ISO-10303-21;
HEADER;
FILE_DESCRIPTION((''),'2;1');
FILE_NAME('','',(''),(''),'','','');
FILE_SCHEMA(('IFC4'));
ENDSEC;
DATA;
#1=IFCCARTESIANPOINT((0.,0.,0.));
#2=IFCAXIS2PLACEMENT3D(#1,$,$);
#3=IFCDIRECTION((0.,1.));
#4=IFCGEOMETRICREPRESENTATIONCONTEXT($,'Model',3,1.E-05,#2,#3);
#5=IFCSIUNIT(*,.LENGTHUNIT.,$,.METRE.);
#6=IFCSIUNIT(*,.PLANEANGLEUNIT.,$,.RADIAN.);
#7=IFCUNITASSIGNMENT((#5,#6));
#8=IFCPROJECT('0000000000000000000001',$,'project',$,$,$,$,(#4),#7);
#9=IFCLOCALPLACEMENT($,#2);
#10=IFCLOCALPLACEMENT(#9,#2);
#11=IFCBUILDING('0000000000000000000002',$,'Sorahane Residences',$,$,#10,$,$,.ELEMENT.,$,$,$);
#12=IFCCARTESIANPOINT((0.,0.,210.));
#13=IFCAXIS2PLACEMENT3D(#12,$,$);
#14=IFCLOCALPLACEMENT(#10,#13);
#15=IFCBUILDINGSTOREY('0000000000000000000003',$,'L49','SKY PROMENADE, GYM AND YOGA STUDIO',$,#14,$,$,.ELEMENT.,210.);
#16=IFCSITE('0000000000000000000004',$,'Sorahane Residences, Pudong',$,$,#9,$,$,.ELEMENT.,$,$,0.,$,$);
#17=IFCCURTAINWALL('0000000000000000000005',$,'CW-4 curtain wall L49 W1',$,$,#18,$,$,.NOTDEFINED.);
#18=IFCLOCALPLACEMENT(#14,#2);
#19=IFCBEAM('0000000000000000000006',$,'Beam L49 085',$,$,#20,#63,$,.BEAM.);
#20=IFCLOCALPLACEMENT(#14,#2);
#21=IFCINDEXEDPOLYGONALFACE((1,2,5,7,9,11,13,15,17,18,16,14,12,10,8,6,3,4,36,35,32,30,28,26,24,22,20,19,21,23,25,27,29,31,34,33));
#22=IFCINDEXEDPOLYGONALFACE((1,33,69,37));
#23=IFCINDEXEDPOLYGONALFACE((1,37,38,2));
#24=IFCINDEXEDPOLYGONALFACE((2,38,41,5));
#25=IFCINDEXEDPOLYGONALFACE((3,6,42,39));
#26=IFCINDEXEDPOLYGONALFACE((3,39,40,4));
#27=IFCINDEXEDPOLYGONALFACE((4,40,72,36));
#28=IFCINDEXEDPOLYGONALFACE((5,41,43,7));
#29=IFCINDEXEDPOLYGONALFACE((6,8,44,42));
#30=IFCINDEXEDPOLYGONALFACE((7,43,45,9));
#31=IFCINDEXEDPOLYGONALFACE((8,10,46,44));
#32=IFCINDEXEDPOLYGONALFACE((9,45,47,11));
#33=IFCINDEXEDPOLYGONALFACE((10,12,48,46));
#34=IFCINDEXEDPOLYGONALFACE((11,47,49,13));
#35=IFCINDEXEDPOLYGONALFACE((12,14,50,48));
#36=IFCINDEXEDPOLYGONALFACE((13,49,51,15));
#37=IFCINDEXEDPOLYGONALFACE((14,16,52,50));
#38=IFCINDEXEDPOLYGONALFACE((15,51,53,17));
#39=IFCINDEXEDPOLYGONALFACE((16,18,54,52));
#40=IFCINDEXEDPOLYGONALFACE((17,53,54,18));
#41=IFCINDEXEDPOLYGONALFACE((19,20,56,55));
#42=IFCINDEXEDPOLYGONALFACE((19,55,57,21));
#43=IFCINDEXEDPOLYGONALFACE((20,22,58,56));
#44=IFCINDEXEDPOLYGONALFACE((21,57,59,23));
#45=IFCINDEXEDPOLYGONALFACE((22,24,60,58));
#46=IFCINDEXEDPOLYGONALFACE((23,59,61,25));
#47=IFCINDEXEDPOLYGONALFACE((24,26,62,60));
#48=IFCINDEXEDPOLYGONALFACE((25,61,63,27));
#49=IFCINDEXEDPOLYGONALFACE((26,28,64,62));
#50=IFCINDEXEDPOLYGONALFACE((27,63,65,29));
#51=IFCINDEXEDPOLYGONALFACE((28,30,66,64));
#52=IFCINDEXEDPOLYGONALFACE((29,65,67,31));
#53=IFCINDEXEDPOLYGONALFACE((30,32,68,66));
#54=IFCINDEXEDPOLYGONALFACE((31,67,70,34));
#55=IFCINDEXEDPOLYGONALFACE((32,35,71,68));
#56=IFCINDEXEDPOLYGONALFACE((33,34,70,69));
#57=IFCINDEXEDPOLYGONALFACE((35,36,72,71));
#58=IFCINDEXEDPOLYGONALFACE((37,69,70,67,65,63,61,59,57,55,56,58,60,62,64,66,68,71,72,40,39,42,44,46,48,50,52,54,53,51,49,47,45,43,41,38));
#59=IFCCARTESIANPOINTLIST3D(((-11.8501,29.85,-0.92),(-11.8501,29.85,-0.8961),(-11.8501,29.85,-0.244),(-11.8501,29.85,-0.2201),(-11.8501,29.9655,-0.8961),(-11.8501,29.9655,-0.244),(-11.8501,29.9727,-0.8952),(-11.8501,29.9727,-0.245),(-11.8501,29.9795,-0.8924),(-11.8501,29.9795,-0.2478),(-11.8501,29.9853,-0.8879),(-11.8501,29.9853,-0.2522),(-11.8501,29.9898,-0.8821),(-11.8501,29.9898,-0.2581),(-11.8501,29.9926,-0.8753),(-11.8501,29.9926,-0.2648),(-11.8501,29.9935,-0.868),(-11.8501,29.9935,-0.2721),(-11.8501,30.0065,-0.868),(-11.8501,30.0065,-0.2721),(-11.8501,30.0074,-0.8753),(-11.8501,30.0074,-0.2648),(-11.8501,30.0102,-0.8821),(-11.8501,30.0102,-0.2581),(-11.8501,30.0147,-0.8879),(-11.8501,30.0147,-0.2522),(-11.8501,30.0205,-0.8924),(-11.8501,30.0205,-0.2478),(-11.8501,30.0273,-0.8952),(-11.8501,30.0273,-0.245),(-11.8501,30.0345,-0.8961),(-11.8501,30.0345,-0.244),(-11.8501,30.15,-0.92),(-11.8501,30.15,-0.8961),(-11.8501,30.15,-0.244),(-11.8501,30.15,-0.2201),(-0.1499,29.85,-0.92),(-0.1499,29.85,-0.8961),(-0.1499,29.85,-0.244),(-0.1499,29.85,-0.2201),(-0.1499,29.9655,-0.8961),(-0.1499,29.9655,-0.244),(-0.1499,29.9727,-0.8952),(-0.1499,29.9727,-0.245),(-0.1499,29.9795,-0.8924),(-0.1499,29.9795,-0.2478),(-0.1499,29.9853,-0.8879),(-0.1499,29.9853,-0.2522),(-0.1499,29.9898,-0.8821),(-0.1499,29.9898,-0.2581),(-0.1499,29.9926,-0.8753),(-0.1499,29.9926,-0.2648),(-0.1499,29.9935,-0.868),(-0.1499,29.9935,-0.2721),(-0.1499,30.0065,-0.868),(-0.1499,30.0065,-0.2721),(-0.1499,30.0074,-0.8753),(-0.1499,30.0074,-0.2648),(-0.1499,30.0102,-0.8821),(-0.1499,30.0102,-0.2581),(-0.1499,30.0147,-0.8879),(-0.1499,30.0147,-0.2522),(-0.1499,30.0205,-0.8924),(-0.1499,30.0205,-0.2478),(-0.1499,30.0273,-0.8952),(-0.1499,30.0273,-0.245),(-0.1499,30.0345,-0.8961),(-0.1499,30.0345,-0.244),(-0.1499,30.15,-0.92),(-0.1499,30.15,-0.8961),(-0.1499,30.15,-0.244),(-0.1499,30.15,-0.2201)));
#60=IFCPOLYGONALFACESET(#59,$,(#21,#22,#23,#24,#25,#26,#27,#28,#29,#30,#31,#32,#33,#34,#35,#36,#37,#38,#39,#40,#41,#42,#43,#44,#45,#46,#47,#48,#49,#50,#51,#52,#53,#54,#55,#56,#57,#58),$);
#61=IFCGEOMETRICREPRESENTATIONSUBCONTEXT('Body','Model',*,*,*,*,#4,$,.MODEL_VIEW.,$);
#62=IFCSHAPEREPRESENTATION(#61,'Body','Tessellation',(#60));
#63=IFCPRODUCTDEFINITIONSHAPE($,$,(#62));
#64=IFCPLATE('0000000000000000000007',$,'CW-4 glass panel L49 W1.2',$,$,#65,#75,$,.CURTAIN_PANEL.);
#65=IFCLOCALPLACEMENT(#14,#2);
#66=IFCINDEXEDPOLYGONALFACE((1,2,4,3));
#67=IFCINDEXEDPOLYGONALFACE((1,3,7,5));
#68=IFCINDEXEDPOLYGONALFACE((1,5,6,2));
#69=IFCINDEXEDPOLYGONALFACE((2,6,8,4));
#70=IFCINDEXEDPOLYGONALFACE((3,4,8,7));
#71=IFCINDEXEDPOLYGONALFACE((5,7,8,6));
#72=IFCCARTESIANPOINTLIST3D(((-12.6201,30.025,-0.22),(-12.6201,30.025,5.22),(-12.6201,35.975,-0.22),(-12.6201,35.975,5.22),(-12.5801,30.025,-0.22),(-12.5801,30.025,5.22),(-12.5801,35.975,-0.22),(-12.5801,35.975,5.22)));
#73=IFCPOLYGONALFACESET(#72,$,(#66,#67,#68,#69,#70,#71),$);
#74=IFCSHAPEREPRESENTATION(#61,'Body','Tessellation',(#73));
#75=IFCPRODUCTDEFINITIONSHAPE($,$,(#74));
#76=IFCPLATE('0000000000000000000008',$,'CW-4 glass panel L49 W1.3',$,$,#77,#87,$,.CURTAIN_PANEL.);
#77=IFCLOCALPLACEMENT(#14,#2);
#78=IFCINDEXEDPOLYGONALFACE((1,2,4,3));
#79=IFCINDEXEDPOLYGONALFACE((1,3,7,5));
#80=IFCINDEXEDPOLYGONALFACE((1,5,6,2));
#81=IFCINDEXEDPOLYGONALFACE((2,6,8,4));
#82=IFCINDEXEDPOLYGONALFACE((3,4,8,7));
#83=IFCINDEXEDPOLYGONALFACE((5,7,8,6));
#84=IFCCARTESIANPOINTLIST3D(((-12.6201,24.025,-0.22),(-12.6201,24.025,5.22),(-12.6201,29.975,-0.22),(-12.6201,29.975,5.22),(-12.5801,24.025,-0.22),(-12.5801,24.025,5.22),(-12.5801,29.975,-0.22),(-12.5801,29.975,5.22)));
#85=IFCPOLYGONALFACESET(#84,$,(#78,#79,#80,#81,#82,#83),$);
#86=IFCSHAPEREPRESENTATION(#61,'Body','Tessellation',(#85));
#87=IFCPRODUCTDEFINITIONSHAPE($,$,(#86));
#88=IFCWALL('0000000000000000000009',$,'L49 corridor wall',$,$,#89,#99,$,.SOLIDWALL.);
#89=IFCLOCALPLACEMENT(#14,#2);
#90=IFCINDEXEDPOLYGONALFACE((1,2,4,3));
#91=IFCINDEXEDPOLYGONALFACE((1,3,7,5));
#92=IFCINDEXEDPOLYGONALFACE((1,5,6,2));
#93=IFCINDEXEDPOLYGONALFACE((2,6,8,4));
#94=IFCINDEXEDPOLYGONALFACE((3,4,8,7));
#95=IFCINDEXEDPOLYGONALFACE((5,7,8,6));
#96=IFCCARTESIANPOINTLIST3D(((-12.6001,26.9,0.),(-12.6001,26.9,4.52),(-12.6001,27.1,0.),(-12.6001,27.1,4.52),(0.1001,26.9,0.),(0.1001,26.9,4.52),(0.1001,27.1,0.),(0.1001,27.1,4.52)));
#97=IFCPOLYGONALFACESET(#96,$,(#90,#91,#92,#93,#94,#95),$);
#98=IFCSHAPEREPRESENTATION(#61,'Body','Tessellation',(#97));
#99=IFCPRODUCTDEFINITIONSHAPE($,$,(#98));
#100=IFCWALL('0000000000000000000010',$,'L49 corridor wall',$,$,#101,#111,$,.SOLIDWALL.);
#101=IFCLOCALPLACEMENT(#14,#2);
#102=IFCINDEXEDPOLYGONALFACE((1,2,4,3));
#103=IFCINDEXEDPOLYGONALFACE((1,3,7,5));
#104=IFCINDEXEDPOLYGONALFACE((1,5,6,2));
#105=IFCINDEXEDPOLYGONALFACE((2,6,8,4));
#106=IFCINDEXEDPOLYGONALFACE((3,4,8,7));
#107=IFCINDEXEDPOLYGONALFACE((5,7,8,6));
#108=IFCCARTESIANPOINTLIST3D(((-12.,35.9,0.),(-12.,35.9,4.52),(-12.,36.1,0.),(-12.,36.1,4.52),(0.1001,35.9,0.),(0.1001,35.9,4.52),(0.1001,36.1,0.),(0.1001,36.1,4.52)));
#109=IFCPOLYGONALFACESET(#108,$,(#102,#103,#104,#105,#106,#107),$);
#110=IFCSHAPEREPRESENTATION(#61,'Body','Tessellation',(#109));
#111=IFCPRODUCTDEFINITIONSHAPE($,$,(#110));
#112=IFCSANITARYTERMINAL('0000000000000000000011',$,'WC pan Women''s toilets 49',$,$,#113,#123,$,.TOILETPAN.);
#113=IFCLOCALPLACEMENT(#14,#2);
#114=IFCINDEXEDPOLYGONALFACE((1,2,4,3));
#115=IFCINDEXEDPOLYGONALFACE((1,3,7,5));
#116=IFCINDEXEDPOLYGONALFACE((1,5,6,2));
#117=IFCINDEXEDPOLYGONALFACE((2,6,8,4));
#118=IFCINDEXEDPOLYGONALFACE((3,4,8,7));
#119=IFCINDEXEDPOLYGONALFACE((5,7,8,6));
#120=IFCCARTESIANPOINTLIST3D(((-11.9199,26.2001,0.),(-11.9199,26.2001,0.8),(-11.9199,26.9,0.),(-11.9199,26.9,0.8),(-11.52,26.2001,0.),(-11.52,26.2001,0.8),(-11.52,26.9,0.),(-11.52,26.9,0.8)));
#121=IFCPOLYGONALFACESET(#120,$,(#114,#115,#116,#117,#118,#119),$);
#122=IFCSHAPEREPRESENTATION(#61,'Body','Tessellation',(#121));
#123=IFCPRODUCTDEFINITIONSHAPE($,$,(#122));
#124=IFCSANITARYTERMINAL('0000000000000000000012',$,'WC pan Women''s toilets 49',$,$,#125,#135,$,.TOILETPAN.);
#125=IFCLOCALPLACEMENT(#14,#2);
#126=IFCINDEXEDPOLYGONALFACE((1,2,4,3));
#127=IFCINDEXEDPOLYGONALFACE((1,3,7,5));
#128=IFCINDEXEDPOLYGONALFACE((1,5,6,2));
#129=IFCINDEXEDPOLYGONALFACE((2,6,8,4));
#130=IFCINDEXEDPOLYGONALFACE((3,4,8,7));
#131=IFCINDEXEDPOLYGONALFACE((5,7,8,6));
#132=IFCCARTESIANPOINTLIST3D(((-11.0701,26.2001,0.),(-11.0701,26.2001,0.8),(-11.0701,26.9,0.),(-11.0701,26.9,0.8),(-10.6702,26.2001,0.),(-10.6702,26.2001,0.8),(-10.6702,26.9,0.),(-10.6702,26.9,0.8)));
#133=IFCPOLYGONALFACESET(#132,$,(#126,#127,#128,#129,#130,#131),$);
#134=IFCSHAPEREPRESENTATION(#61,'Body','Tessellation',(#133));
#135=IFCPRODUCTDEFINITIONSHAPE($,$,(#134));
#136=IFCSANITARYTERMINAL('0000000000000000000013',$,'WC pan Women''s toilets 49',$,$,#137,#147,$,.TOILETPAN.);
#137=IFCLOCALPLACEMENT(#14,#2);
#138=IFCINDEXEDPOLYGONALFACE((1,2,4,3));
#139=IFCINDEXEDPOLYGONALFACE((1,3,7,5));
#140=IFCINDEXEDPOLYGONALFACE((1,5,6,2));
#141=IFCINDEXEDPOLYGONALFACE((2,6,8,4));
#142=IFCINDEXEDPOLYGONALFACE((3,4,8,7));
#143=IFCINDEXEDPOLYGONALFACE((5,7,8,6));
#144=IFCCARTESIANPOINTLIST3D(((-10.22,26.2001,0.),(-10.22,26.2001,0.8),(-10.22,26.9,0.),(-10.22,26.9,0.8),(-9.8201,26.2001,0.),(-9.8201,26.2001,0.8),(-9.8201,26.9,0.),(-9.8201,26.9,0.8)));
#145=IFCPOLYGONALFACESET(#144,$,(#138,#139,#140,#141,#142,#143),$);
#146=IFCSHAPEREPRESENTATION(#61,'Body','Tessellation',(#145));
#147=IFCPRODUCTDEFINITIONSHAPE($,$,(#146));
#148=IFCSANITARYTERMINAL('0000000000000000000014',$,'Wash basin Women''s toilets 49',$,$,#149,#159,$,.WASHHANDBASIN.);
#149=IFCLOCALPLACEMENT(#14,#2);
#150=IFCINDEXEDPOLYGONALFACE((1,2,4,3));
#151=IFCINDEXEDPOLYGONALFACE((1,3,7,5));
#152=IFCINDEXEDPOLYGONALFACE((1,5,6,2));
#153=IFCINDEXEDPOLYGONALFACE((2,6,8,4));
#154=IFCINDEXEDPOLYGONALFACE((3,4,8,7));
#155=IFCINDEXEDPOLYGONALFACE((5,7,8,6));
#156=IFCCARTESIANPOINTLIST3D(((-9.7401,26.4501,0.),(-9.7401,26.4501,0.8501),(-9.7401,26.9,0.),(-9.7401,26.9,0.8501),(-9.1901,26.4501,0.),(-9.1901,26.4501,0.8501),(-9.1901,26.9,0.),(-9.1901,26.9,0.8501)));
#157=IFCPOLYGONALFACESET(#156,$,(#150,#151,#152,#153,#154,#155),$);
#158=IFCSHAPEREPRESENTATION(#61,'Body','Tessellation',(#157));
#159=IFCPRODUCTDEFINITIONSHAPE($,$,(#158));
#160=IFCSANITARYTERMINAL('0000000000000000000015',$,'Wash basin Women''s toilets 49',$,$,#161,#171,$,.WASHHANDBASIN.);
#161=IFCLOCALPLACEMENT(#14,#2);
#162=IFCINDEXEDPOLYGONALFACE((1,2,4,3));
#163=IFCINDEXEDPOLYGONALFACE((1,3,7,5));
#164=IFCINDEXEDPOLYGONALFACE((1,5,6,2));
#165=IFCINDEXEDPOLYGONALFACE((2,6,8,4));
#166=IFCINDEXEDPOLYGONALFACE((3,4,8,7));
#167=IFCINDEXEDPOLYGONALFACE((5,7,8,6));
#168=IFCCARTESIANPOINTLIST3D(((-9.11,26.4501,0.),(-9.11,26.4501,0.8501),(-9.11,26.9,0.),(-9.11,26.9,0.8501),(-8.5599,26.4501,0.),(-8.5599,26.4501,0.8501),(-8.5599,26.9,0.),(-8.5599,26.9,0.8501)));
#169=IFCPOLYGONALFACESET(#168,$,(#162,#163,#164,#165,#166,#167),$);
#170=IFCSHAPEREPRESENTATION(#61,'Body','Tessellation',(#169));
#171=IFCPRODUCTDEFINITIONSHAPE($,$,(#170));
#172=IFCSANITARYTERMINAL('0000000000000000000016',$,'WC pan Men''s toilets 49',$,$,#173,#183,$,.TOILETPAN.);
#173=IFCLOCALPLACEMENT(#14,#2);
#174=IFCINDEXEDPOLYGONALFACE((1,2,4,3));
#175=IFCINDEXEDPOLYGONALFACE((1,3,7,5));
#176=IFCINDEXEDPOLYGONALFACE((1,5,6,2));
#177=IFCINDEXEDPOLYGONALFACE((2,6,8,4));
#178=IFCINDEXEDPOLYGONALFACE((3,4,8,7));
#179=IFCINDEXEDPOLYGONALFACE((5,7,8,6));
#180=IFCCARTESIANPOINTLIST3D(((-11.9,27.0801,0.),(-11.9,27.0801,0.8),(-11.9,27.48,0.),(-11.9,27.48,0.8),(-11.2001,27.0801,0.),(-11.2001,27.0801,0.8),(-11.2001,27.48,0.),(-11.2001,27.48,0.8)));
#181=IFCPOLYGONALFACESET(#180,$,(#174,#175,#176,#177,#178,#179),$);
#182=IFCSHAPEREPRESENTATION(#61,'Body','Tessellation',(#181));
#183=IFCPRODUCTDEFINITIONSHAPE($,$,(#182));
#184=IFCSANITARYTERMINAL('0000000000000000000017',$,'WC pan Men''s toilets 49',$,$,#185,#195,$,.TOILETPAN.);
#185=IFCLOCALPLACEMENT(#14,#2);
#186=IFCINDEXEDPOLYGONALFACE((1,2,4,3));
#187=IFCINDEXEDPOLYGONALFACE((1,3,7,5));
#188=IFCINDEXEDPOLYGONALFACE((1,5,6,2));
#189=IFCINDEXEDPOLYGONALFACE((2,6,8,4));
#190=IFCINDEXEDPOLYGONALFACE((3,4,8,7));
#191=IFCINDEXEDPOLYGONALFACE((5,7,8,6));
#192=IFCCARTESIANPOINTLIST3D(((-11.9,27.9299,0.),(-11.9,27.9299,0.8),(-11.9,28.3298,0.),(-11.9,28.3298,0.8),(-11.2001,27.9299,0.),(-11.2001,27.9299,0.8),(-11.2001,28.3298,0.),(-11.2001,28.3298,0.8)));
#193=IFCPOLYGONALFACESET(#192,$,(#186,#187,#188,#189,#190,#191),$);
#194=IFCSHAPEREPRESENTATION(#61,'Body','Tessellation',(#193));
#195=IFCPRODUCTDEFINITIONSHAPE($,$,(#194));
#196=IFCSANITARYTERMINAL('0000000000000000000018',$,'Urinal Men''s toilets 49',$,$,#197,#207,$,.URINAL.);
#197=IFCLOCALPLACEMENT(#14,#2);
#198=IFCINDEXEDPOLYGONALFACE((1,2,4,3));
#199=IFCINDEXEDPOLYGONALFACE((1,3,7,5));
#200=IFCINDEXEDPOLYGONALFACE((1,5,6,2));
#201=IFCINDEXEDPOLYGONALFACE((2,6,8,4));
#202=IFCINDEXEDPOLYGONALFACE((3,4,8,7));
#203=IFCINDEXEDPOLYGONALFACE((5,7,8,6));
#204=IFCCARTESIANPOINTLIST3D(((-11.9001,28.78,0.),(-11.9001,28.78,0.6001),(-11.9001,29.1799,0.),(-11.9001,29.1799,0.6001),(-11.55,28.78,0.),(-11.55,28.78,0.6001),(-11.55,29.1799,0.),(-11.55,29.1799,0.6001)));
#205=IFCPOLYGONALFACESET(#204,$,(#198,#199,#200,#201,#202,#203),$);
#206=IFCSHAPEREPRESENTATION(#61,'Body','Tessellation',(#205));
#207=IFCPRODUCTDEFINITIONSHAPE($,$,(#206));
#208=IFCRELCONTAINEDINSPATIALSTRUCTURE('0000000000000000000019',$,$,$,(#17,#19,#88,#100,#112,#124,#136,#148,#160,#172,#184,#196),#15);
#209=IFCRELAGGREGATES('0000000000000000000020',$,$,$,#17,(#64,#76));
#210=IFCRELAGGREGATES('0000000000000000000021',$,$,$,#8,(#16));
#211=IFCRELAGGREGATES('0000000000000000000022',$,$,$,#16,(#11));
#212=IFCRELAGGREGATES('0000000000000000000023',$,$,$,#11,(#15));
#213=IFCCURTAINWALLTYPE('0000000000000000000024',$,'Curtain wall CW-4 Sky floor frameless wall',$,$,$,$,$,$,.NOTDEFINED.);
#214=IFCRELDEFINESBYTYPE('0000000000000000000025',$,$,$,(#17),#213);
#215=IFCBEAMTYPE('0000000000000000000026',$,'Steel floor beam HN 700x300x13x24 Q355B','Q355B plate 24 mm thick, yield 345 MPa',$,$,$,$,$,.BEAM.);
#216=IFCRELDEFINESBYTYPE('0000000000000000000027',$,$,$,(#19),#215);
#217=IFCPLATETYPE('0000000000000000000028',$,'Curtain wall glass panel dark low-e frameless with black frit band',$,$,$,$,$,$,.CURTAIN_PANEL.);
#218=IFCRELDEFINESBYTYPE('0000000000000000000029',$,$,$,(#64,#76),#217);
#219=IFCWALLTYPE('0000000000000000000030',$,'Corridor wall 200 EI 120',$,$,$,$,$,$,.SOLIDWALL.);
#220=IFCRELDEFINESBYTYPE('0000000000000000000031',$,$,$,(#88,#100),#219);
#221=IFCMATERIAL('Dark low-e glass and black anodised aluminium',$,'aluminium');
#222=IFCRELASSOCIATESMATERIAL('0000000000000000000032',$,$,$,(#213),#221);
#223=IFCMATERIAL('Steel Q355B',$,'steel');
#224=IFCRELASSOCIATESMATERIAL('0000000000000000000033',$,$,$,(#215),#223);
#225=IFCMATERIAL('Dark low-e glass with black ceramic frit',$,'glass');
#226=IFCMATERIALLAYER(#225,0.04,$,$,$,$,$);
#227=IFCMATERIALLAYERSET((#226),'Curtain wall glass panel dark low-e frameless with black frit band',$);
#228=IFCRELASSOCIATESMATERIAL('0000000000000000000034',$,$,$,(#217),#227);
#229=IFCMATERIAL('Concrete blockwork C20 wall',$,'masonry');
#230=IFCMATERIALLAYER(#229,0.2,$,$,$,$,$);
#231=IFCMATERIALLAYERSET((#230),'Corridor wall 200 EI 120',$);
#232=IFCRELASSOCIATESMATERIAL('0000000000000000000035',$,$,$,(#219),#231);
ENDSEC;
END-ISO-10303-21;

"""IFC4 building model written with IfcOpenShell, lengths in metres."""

from ifc_helpers import new_model, si_unit, direction, frame, frame_2d, origin, origin_2d, place, context, subcontext, project, spatial, rectangle, i_section, extrude, material, layer, layer_set, material_profile, profile_set, type_object, element, aggregate, save


model = new_model("IFC4")

# Units and contexts
model_context = context("Model", 3, precision=1e-05, world=origin(), true_north=direction((0.0, 1.0)))
body_context = subcontext(model_context, "Body", "Model", "MODEL_VIEW")
ifc_project = project(units=[si_unit("LENGTHUNIT", "METRE"), si_unit("PLANEANGLEUNIT", "RADIAN")], contexts=[model_context])

# Site, building, storey
site_placement = place(None, origin())
site = spatial("IfcSite", under=ifc_project, at=site_placement, Name="Sorahane Residences, Pudong", CompositionType="ELEMENT", RefElevation=0.0)
building_placement = place(site_placement, origin())
building = spatial("IfcBuilding", under=site, at=building_placement, Name="Sorahane Residences", CompositionType="ELEMENT")
storey_placement = place(building_placement, frame((0.0, 0.0, 210.0)))
storey = spatial("IfcBuildingStorey", under=building, at=storey_placement, Name="L49", Description="SKY PROMENADE, GYM AND YOGA STUDIO", CompositionType="ELEMENT", Elevation=210.0)

# Curtain wall
ifc_material_1 = material(Name="Dark low-e glass and black anodised aluminium", Category="aluminium")
curtain_wall_type = type_object("IfcCurtainWallType", Name="Curtain wall CW-4 Sky floor frameless wall", PredefinedType="NOTDEFINED", material=ifc_material_1)
curtain_wall_placement = place(storey_placement, origin())
curtain_wall = element("IfcCurtainWall", 1, at=curtain_wall_placement, inside=storey, type_object=curtain_wall_type, Name="CW-4 curtain wall L49 W1", PredefinedType="NOTDEFINED")

# Beam
ifc_material_2 = material(Name="Steel Q355B", Category="steel")
ifc_material_profile_1 = material_profile(ifc_material_2, i_section(OverallWidth=0.3, OverallDepth=0.7, WebThickness=0.0129, FlangeThickness=0.0239, FilletRadius=0.0281, at=origin_2d()), Name="HN 700x300x13x24")
ifc_profile_set_1 = profile_set([ifc_material_profile_1], Name="Steel Q355B")
beam_type_1 = type_object("IfcBeamType", Name="Steel floor beam HN 700x300x13x24 Q355B", Description="Q355B plate 24 mm thick, yield 345 MPa", PredefinedType="BEAM", material=ifc_profile_set_1)
beam_1_placement = place(storey_placement, frame((-11.8501, 30.0, -0.5701), z_axis=(1.0, 0.0, 0.0), x_axis=(0.0, 1.0, 0.0)))
element("IfcBeam", 2, at=beam_1_placement, inside=storey, type_object=beam_type_1, Name="Beam L49 085", PredefinedType="BEAM", context=body_context, shape_type="SweptSolid", body=[
    extrude(i_section(OverallWidth=0.3, OverallDepth=0.7, WebThickness=0.0129, FlangeThickness=0.0239, FilletRadius=0.0281, at=origin_2d()), origin(), (0.0, 0.0, 1.0), 11.7002),
])

# Plates
ifc_material_3 = material(Name="Dark low-e glass with black ceramic frit", Category="glass")
ifc_layer_1 = layer(ifc_material_3, 0.04)
ifc_layer_set_1 = layer_set([ifc_layer_1], Name="Curtain wall glass panel dark low-e frameless with black frit band")
plate_type = type_object("IfcPlateType", Name="Curtain wall glass panel dark low-e frameless with black frit band", PredefinedType="CURTAIN_PANEL", material=ifc_layer_set_1)
plate_1_placement = place(storey_placement, frame((-12.6001, 33.0, -0.22), z_axis=(0.0, 0.0, 1.0), x_axis=(0.0, -1.0, 0.0)))
plate_1 = element("IfcPlate", 3, at=plate_1_placement, type_object=plate_type, Name="CW-4 glass panel L49 W1.2", PredefinedType="CURTAIN_PANEL", context=body_context, shape_type="SweptSolid", body=[
    extrude(rectangle(XDim=5.95, YDim=0.04, at=origin_2d()), origin(), (0.0, 0.0, 1.0), 5.4399),
])
plate_2_placement = place(storey_placement, frame((-12.6001, 27.0, -0.22), z_axis=(0.0, 0.0, 1.0), x_axis=(0.0, -1.0, 0.0)))
plate_2 = element("IfcPlate", 4, at=plate_2_placement, type_object=plate_type, Name="CW-4 glass panel L49 W1.3", PredefinedType="CURTAIN_PANEL", context=body_context, shape_type="SweptSolid", body=[
    extrude(rectangle(XDim=5.95, YDim=0.04, at=origin_2d()), origin(), (0.0, 0.0, 1.0), 5.4399),
])
aggregate(curtain_wall, [plate_1, plate_2])

# Walls
ifc_material_4 = material(Name="Concrete blockwork C20 wall", Category="masonry")
ifc_layer_2 = layer(ifc_material_4, 0.2)
ifc_layer_set_2 = layer_set([ifc_layer_2], Name="Corridor wall 200 EI 120")
wall_type = type_object("IfcWallType", Name="Corridor wall 200 EI 120", PredefinedType="SOLIDWALL", material=ifc_layer_set_2)
wall_1_placement = place(storey_placement, frame((-12.6001, 27.0, 0.0), z_axis=(0.0, 0.0, 1.0), x_axis=(1.0, 0.0, 0.0)))
element("IfcWall", 5, at=wall_1_placement, inside=storey, type_object=wall_type, Name="L49 corridor wall", PredefinedType="SOLIDWALL", context=body_context, shape_type="SweptSolid", body=[
    extrude(rectangle(XDim=12.7002, YDim=0.2, at=frame_2d((6.3501, 0.0))), origin(), (0.0, 0.0, 1.0), 4.52),
])
wall_2_placement = place(storey_placement, frame((-12.0, 36.0, 0.0), z_axis=(0.0, 0.0, 1.0), x_axis=(1.0, 0.0, 0.0)))
element("IfcWall", 6, at=wall_2_placement, inside=storey, type_object=wall_type, Name="L49 corridor wall", PredefinedType="SOLIDWALL", context=body_context, shape_type="SweptSolid", body=[
    extrude(rectangle(XDim=12.1001, YDim=0.2, at=frame_2d((6.05, 0.0))), origin(), (0.0, 0.0, 1.0), 4.52),
])

# Sanitary terminals
for number, where, z_axis, x_axis, name in (
    (7, (-11.72, 26.55, 0.0), (0.0, 0.0, 1.0), (1.0, 0.0, 0.0), "WC pan Women's toilets 49"),
    (8, (-10.8701, 26.55, 0.0), (0.0, 0.0, 1.0), (1.0, 0.0, 0.0), "WC pan Women's toilets 49"),
    (9, (-10.02, 26.55, 0.0), (0.0, 0.0, 1.0), (1.0, 0.0, 0.0), "WC pan Women's toilets 49"),
):
    element("IfcSanitaryTerminal", number, at=place(storey_placement, frame(where, z_axis=z_axis, x_axis=x_axis)), inside=storey, Name=name, PredefinedType="TOILETPAN", context=body_context, shape_type="SweptSolid", body=[
        extrude(rectangle(XDim=0.3999, YDim=0.7, at=origin_2d()), origin(), (0.0, 0.0, 1.0), 0.8),
    ])
for number, where, z_axis, x_axis, name in (
    (10, (-9.4651, 26.675, 0.0), (0.0, 0.0, 1.0), (1.0, 0.0, 0.0), "Wash basin Women's toilets 49"),
    (11, (-8.835, 26.675, 0.0), (0.0, 0.0, 1.0), (1.0, 0.0, 0.0), "Wash basin Women's toilets 49"),
):
    element("IfcSanitaryTerminal", number, at=place(storey_placement, frame(where, z_axis=z_axis, x_axis=x_axis)), inside=storey, Name=name, PredefinedType="WASHHANDBASIN", context=body_context, shape_type="SweptSolid", body=[
        extrude(rectangle(XDim=0.55, YDim=0.45, at=origin_2d()), origin(), (0.0, 0.0, 1.0), 0.8501),
    ])
for number, where, z_axis, x_axis, name in (
    (12, (-11.55, 27.28, 0.0), (0.0, 0.0, 1.0), (0.0, 1.0, 0.0), "WC pan Men's toilets 49"),
    (13, (-11.55, 28.1299, 0.0), (0.0, 0.0, 1.0), (0.0, 1.0, 0.0), "WC pan Men's toilets 49"),
):
    element("IfcSanitaryTerminal", number, at=place(storey_placement, frame(where, z_axis=z_axis, x_axis=x_axis)), inside=storey, Name=name, PredefinedType="TOILETPAN", context=body_context, shape_type="SweptSolid", body=[
        extrude(rectangle(XDim=0.3999, YDim=0.7, at=origin_2d()), origin(), (0.0, 0.0, 1.0), 0.8),
    ])
for number, where, z_axis, x_axis, name in (
    (14, (-11.7251, 28.98, 0.0), (0.0, 0.0, 1.0), (0.0, 1.0, 0.0), "Urinal Men's toilets 49"),
):
    element("IfcSanitaryTerminal", number, at=place(storey_placement, frame(where, z_axis=z_axis, x_axis=x_axis)), inside=storey, Name=name, PredefinedType="URINAL", context=body_context, shape_type="SweptSolid", body=[
        extrude(rectangle(XDim=0.3999, YDim=0.3501, at=origin_2d()), origin(), (0.0, 0.0, 1.0), 0.6001),
    ])

save(model, "model.ifc")
